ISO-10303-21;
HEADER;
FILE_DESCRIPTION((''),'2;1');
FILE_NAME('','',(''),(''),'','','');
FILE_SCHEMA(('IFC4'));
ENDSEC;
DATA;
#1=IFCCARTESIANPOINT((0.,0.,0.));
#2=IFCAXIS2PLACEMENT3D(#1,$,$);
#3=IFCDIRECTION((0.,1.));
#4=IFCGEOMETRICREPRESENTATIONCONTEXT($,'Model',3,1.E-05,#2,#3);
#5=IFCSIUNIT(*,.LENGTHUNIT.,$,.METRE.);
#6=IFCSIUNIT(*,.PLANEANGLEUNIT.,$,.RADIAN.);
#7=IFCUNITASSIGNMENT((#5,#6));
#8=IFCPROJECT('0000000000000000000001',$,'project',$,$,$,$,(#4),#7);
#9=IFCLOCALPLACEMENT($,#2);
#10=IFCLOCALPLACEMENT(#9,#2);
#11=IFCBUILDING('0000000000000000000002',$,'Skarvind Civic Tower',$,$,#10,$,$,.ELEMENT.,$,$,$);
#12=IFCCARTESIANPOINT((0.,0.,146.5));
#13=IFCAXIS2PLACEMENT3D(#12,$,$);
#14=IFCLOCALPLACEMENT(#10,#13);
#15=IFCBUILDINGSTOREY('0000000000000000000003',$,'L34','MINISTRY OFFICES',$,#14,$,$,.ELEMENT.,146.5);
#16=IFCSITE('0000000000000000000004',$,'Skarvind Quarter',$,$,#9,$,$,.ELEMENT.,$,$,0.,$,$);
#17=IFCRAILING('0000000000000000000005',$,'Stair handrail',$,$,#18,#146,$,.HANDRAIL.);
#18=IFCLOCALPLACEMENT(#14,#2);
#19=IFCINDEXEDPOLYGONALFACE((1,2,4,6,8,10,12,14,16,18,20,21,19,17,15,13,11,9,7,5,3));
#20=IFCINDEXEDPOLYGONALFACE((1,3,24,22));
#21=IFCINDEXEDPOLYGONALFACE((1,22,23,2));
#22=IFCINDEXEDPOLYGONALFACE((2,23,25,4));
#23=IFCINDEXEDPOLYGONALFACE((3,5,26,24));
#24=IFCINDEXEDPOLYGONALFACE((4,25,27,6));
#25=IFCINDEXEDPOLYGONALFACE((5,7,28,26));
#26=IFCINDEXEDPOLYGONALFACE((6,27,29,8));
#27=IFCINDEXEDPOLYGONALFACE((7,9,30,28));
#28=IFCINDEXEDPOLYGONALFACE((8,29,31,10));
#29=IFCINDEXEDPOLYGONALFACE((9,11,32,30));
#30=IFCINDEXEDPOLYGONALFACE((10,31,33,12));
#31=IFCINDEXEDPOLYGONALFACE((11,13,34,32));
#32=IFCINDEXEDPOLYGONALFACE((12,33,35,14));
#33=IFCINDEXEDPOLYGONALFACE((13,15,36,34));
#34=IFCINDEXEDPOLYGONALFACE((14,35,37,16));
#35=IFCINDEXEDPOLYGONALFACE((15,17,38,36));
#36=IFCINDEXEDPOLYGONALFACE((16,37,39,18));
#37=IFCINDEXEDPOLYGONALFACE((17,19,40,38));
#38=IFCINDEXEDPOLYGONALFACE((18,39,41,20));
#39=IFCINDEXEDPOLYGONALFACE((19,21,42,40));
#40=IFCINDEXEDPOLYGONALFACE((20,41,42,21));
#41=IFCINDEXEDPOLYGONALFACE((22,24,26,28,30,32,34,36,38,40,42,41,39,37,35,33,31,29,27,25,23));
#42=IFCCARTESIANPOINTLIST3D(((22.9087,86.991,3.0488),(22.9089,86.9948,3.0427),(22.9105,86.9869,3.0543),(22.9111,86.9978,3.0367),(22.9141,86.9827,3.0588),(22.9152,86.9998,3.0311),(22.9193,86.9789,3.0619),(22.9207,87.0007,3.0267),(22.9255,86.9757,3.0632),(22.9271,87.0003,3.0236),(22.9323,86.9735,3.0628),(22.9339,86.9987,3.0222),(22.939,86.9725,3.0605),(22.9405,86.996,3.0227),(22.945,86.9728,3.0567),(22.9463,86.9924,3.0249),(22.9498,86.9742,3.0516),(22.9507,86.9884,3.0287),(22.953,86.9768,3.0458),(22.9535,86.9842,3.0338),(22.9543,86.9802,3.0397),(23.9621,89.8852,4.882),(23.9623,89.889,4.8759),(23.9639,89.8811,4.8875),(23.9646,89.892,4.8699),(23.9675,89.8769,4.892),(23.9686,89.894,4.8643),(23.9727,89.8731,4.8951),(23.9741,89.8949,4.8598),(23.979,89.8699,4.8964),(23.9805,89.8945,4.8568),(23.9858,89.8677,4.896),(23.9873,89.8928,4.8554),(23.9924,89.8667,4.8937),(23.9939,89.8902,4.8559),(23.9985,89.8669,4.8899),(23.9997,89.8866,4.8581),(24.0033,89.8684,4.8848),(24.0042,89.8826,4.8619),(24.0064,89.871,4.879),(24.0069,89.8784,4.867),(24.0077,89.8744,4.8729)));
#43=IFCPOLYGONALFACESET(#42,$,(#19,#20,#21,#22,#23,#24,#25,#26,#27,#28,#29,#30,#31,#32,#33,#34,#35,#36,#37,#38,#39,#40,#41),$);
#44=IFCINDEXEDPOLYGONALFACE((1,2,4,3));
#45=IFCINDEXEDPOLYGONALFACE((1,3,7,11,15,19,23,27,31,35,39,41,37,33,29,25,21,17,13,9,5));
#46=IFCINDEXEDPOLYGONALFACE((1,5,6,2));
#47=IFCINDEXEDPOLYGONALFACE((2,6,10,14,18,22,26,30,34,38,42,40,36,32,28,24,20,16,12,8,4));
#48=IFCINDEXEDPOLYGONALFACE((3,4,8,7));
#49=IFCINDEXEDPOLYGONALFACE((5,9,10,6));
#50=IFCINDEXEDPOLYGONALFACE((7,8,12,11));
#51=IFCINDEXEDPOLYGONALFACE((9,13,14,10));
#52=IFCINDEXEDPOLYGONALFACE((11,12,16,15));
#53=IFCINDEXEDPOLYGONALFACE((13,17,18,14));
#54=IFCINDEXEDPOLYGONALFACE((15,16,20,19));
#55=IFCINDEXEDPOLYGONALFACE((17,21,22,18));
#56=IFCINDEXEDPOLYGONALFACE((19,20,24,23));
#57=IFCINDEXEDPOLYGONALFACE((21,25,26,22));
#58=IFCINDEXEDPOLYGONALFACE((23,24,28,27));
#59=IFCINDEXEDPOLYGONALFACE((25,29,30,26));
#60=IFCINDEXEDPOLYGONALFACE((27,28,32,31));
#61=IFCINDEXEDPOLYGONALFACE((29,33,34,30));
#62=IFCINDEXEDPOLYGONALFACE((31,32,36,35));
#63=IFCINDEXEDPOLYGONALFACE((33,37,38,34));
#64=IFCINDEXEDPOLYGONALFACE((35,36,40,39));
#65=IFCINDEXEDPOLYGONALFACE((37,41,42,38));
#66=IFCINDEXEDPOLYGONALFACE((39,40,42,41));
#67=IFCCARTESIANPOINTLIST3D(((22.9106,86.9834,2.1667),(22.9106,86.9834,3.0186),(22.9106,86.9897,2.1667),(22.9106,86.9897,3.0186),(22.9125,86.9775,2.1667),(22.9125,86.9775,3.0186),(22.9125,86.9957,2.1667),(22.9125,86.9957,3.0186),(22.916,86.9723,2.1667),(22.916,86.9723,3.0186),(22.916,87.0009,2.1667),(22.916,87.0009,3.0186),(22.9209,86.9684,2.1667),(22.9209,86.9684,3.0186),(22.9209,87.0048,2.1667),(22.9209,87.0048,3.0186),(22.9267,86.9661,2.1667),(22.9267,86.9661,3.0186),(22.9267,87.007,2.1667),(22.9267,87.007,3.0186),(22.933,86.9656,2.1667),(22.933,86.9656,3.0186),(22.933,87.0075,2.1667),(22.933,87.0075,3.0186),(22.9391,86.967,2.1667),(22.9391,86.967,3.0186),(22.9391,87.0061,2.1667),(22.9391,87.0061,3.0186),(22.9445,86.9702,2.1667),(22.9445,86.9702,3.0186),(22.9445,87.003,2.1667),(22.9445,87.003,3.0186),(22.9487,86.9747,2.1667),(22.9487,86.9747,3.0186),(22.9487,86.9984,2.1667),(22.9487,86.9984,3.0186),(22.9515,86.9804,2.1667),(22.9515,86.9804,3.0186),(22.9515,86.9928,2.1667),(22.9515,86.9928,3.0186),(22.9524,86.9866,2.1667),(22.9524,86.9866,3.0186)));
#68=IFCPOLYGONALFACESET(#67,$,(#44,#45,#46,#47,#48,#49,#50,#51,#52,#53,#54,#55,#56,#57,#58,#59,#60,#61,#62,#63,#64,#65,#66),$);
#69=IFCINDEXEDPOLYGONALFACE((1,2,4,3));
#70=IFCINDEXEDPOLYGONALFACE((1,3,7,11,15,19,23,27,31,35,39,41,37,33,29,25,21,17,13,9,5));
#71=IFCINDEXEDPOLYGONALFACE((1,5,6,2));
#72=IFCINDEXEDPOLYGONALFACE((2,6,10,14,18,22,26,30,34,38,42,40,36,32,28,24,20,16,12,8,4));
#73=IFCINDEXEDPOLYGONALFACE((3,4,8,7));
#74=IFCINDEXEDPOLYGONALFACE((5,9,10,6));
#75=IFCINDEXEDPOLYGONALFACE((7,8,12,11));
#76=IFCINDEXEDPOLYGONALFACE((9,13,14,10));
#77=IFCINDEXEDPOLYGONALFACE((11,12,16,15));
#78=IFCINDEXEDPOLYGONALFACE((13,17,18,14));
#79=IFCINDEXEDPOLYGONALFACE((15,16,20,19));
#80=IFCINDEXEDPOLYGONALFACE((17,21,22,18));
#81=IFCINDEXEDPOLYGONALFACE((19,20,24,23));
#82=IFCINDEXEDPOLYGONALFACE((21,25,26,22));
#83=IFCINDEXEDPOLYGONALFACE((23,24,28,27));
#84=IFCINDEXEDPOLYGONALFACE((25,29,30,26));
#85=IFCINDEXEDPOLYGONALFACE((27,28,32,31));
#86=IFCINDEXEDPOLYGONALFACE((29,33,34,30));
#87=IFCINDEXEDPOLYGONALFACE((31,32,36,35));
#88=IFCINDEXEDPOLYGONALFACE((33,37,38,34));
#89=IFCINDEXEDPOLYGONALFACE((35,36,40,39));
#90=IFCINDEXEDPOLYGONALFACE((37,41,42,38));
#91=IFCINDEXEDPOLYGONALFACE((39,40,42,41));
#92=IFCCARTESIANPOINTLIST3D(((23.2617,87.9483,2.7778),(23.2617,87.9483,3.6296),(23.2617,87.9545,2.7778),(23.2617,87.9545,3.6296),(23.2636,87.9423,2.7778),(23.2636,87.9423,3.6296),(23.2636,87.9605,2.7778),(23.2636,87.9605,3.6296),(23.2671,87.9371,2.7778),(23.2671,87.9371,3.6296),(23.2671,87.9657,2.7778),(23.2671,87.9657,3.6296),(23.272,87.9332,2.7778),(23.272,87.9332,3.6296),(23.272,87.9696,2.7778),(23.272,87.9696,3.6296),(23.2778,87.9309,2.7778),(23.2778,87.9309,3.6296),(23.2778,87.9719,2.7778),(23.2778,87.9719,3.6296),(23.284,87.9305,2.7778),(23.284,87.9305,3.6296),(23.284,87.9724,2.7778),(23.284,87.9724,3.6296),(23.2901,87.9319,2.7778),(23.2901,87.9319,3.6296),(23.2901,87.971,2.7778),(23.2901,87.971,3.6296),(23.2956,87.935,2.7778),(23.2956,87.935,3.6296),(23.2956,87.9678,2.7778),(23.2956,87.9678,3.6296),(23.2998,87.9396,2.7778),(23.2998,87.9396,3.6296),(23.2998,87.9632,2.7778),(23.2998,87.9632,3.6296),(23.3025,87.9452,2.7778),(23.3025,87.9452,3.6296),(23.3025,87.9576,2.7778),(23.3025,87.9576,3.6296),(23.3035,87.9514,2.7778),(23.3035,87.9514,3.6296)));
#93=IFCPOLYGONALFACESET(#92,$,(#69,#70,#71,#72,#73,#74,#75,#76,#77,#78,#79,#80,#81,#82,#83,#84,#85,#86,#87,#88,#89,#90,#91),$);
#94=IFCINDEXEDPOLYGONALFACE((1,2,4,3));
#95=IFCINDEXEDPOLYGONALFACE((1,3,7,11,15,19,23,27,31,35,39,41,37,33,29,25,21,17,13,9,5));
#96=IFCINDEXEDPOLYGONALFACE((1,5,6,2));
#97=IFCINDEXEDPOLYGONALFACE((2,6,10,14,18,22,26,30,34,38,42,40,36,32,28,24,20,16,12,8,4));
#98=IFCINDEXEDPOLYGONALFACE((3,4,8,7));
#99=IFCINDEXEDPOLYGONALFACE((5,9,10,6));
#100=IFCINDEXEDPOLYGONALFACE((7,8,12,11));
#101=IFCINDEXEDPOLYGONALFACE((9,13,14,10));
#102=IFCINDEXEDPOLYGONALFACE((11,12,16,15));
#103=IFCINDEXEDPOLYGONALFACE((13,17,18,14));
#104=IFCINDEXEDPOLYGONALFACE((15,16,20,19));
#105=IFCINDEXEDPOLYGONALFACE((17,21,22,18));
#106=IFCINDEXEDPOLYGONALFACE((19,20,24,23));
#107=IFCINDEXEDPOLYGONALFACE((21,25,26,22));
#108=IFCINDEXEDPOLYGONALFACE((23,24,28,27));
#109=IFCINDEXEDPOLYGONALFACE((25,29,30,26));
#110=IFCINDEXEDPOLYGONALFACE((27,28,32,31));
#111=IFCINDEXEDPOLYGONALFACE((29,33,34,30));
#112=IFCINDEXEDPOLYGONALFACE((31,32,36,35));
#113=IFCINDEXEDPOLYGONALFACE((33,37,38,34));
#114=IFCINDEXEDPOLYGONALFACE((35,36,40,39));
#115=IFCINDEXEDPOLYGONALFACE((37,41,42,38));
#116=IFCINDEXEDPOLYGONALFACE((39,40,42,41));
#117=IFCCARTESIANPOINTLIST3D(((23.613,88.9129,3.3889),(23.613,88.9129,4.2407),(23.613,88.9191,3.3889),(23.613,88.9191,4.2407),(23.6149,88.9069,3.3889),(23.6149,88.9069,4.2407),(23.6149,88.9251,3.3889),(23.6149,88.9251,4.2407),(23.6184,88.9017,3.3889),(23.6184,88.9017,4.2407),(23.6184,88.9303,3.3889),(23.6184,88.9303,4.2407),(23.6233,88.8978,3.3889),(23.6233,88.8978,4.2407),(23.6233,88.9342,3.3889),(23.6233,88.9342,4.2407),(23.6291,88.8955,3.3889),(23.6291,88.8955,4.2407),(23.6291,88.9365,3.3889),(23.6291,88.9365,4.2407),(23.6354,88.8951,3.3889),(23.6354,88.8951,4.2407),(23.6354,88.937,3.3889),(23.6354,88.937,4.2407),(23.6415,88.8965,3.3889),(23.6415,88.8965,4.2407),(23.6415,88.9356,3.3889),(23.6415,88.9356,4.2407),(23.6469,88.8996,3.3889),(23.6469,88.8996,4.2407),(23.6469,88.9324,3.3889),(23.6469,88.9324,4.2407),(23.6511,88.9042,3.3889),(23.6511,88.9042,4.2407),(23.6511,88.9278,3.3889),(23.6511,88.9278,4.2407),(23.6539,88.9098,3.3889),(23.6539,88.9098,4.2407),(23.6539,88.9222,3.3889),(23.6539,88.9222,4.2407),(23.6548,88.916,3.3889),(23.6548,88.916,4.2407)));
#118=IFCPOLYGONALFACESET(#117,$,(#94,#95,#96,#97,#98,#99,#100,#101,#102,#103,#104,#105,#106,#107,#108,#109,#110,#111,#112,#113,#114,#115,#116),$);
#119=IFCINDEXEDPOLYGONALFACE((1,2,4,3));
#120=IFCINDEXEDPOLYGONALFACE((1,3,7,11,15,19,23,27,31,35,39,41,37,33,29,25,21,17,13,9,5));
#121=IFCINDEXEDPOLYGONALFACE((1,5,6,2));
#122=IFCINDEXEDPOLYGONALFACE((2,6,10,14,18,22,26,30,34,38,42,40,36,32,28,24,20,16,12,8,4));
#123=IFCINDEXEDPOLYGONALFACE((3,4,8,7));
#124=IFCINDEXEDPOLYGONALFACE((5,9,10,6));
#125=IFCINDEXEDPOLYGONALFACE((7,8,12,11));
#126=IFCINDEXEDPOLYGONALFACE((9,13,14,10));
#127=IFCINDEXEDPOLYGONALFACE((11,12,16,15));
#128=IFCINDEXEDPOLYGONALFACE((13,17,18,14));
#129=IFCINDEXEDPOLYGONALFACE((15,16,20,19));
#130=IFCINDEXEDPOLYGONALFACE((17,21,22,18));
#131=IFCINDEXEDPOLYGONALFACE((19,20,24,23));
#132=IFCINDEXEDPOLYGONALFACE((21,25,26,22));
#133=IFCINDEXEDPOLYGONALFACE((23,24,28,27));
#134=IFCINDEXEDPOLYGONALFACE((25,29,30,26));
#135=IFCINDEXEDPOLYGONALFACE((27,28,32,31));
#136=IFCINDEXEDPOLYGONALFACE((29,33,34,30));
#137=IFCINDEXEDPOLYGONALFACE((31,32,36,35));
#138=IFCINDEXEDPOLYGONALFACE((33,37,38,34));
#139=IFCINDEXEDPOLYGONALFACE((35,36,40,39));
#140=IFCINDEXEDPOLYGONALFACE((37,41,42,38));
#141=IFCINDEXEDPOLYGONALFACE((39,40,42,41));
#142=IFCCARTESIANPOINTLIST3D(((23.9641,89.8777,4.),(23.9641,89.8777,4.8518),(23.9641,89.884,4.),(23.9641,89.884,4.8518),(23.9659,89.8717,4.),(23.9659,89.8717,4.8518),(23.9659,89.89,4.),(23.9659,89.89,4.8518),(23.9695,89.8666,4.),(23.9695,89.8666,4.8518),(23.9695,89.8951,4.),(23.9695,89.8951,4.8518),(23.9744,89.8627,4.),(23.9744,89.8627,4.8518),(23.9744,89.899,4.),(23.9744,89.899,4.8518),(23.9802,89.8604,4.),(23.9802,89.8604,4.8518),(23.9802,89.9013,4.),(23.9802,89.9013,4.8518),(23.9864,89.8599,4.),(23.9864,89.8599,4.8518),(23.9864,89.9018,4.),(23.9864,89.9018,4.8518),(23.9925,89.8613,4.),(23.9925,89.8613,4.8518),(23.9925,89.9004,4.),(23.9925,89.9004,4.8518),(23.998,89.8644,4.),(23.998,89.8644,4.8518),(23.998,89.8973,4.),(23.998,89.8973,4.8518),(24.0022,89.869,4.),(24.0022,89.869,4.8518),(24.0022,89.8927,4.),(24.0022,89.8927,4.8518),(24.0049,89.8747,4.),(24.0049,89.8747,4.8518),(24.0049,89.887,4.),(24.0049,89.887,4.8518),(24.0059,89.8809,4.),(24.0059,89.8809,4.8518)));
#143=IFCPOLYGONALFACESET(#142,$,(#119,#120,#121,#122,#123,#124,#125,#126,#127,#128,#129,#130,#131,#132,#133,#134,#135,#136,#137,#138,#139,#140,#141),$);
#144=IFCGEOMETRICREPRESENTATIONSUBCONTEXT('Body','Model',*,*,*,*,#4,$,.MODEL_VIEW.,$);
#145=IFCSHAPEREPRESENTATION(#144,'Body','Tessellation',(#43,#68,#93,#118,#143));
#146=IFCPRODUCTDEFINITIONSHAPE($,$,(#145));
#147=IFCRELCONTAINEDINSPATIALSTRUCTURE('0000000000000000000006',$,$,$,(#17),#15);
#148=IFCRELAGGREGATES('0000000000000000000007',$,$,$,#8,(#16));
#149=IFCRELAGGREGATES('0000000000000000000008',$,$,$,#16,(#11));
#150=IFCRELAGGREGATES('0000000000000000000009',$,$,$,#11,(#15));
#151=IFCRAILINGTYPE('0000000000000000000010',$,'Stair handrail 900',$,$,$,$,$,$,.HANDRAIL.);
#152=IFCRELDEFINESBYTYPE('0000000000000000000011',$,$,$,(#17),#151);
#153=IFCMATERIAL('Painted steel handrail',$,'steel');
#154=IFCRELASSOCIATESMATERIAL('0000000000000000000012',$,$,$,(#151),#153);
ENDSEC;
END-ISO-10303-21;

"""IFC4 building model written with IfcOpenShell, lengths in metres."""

from ifc_helpers import new_model, si_unit, direction, frame, origin, origin_2d, place, context, subcontext, project, spatial, circle, extrude, material, type_object, element, save


model = new_model("IFC4")

# Units and contexts
model_context = context("Model", 3, precision=1e-05, world=origin(), true_north=direction((0.0, 1.0)))
body_context = subcontext(model_context, "Body", "Model", "MODEL_VIEW")
ifc_project = project(units=[si_unit("LENGTHUNIT", "METRE"), si_unit("PLANEANGLEUNIT", "RADIAN")], contexts=[model_context])

# Site, building, storey
site_placement = place(None, origin())
site = spatial("IfcSite", under=ifc_project, at=site_placement, Name="Skarvind Quarter", CompositionType="ELEMENT", RefElevation=0.0)
building_placement = place(site_placement, origin())
building = spatial("IfcBuilding", under=site, at=building_placement, Name="Skarvind Civic Tower", CompositionType="ELEMENT")
storey_placement = place(building_placement, frame((0.0, 0.0, 146.5)))
storey = spatial("IfcBuildingStorey", under=building, at=storey_placement, Name="L34", Description="MINISTRY OFFICES", CompositionType="ELEMENT", Elevation=146.5)

# Railing
ifc_material_1 = material(Name="Painted steel handrail", Category="steel")
railing_type = type_object("IfcRailingType", Name="Stair handrail 900", PredefinedType="HANDRAIL", material=ifc_material_1)
railing_1_placement = place(storey_placement, frame((22.9314, 86.9866, 2.1667)))
element("IfcRailing", 1, at=railing_1_placement, inside=storey, type_object=railing_type, Name="Stair handrail", PredefinedType="HANDRAIL", context=body_context, shape_type="SweptSolid", body=[
    extrude(circle(Radius=0.0239, at=origin_2d()), frame((0.0, 0.0, 0.876), z_axis=(0.293908, 0.807481, 0.511461), x_axis=(-0.939689, 0.342029, 0.0)), (0.0, 0.0, 1.0), 3.5842),
    extrude(circle(Radius=0.021, at=origin_2d()), origin(), (0.0, 0.0, 1.0), 0.8518),
    extrude(circle(Radius=0.021, at=origin_2d()), frame((0.3511, 0.9648, 0.6111)), (0.0, 0.0, 1.0), 0.8518),
    extrude(circle(Radius=0.021, at=origin_2d()), frame((0.7024, 1.9294, 1.2222)), (0.0, 0.0, 1.0), 0.8518),
    extrude(circle(Radius=0.021, at=origin_2d()), frame((1.0535, 2.8943, 1.8333)), (0.0, 0.0, 1.0), 0.8518),
])

save(model, "model.ifc")
